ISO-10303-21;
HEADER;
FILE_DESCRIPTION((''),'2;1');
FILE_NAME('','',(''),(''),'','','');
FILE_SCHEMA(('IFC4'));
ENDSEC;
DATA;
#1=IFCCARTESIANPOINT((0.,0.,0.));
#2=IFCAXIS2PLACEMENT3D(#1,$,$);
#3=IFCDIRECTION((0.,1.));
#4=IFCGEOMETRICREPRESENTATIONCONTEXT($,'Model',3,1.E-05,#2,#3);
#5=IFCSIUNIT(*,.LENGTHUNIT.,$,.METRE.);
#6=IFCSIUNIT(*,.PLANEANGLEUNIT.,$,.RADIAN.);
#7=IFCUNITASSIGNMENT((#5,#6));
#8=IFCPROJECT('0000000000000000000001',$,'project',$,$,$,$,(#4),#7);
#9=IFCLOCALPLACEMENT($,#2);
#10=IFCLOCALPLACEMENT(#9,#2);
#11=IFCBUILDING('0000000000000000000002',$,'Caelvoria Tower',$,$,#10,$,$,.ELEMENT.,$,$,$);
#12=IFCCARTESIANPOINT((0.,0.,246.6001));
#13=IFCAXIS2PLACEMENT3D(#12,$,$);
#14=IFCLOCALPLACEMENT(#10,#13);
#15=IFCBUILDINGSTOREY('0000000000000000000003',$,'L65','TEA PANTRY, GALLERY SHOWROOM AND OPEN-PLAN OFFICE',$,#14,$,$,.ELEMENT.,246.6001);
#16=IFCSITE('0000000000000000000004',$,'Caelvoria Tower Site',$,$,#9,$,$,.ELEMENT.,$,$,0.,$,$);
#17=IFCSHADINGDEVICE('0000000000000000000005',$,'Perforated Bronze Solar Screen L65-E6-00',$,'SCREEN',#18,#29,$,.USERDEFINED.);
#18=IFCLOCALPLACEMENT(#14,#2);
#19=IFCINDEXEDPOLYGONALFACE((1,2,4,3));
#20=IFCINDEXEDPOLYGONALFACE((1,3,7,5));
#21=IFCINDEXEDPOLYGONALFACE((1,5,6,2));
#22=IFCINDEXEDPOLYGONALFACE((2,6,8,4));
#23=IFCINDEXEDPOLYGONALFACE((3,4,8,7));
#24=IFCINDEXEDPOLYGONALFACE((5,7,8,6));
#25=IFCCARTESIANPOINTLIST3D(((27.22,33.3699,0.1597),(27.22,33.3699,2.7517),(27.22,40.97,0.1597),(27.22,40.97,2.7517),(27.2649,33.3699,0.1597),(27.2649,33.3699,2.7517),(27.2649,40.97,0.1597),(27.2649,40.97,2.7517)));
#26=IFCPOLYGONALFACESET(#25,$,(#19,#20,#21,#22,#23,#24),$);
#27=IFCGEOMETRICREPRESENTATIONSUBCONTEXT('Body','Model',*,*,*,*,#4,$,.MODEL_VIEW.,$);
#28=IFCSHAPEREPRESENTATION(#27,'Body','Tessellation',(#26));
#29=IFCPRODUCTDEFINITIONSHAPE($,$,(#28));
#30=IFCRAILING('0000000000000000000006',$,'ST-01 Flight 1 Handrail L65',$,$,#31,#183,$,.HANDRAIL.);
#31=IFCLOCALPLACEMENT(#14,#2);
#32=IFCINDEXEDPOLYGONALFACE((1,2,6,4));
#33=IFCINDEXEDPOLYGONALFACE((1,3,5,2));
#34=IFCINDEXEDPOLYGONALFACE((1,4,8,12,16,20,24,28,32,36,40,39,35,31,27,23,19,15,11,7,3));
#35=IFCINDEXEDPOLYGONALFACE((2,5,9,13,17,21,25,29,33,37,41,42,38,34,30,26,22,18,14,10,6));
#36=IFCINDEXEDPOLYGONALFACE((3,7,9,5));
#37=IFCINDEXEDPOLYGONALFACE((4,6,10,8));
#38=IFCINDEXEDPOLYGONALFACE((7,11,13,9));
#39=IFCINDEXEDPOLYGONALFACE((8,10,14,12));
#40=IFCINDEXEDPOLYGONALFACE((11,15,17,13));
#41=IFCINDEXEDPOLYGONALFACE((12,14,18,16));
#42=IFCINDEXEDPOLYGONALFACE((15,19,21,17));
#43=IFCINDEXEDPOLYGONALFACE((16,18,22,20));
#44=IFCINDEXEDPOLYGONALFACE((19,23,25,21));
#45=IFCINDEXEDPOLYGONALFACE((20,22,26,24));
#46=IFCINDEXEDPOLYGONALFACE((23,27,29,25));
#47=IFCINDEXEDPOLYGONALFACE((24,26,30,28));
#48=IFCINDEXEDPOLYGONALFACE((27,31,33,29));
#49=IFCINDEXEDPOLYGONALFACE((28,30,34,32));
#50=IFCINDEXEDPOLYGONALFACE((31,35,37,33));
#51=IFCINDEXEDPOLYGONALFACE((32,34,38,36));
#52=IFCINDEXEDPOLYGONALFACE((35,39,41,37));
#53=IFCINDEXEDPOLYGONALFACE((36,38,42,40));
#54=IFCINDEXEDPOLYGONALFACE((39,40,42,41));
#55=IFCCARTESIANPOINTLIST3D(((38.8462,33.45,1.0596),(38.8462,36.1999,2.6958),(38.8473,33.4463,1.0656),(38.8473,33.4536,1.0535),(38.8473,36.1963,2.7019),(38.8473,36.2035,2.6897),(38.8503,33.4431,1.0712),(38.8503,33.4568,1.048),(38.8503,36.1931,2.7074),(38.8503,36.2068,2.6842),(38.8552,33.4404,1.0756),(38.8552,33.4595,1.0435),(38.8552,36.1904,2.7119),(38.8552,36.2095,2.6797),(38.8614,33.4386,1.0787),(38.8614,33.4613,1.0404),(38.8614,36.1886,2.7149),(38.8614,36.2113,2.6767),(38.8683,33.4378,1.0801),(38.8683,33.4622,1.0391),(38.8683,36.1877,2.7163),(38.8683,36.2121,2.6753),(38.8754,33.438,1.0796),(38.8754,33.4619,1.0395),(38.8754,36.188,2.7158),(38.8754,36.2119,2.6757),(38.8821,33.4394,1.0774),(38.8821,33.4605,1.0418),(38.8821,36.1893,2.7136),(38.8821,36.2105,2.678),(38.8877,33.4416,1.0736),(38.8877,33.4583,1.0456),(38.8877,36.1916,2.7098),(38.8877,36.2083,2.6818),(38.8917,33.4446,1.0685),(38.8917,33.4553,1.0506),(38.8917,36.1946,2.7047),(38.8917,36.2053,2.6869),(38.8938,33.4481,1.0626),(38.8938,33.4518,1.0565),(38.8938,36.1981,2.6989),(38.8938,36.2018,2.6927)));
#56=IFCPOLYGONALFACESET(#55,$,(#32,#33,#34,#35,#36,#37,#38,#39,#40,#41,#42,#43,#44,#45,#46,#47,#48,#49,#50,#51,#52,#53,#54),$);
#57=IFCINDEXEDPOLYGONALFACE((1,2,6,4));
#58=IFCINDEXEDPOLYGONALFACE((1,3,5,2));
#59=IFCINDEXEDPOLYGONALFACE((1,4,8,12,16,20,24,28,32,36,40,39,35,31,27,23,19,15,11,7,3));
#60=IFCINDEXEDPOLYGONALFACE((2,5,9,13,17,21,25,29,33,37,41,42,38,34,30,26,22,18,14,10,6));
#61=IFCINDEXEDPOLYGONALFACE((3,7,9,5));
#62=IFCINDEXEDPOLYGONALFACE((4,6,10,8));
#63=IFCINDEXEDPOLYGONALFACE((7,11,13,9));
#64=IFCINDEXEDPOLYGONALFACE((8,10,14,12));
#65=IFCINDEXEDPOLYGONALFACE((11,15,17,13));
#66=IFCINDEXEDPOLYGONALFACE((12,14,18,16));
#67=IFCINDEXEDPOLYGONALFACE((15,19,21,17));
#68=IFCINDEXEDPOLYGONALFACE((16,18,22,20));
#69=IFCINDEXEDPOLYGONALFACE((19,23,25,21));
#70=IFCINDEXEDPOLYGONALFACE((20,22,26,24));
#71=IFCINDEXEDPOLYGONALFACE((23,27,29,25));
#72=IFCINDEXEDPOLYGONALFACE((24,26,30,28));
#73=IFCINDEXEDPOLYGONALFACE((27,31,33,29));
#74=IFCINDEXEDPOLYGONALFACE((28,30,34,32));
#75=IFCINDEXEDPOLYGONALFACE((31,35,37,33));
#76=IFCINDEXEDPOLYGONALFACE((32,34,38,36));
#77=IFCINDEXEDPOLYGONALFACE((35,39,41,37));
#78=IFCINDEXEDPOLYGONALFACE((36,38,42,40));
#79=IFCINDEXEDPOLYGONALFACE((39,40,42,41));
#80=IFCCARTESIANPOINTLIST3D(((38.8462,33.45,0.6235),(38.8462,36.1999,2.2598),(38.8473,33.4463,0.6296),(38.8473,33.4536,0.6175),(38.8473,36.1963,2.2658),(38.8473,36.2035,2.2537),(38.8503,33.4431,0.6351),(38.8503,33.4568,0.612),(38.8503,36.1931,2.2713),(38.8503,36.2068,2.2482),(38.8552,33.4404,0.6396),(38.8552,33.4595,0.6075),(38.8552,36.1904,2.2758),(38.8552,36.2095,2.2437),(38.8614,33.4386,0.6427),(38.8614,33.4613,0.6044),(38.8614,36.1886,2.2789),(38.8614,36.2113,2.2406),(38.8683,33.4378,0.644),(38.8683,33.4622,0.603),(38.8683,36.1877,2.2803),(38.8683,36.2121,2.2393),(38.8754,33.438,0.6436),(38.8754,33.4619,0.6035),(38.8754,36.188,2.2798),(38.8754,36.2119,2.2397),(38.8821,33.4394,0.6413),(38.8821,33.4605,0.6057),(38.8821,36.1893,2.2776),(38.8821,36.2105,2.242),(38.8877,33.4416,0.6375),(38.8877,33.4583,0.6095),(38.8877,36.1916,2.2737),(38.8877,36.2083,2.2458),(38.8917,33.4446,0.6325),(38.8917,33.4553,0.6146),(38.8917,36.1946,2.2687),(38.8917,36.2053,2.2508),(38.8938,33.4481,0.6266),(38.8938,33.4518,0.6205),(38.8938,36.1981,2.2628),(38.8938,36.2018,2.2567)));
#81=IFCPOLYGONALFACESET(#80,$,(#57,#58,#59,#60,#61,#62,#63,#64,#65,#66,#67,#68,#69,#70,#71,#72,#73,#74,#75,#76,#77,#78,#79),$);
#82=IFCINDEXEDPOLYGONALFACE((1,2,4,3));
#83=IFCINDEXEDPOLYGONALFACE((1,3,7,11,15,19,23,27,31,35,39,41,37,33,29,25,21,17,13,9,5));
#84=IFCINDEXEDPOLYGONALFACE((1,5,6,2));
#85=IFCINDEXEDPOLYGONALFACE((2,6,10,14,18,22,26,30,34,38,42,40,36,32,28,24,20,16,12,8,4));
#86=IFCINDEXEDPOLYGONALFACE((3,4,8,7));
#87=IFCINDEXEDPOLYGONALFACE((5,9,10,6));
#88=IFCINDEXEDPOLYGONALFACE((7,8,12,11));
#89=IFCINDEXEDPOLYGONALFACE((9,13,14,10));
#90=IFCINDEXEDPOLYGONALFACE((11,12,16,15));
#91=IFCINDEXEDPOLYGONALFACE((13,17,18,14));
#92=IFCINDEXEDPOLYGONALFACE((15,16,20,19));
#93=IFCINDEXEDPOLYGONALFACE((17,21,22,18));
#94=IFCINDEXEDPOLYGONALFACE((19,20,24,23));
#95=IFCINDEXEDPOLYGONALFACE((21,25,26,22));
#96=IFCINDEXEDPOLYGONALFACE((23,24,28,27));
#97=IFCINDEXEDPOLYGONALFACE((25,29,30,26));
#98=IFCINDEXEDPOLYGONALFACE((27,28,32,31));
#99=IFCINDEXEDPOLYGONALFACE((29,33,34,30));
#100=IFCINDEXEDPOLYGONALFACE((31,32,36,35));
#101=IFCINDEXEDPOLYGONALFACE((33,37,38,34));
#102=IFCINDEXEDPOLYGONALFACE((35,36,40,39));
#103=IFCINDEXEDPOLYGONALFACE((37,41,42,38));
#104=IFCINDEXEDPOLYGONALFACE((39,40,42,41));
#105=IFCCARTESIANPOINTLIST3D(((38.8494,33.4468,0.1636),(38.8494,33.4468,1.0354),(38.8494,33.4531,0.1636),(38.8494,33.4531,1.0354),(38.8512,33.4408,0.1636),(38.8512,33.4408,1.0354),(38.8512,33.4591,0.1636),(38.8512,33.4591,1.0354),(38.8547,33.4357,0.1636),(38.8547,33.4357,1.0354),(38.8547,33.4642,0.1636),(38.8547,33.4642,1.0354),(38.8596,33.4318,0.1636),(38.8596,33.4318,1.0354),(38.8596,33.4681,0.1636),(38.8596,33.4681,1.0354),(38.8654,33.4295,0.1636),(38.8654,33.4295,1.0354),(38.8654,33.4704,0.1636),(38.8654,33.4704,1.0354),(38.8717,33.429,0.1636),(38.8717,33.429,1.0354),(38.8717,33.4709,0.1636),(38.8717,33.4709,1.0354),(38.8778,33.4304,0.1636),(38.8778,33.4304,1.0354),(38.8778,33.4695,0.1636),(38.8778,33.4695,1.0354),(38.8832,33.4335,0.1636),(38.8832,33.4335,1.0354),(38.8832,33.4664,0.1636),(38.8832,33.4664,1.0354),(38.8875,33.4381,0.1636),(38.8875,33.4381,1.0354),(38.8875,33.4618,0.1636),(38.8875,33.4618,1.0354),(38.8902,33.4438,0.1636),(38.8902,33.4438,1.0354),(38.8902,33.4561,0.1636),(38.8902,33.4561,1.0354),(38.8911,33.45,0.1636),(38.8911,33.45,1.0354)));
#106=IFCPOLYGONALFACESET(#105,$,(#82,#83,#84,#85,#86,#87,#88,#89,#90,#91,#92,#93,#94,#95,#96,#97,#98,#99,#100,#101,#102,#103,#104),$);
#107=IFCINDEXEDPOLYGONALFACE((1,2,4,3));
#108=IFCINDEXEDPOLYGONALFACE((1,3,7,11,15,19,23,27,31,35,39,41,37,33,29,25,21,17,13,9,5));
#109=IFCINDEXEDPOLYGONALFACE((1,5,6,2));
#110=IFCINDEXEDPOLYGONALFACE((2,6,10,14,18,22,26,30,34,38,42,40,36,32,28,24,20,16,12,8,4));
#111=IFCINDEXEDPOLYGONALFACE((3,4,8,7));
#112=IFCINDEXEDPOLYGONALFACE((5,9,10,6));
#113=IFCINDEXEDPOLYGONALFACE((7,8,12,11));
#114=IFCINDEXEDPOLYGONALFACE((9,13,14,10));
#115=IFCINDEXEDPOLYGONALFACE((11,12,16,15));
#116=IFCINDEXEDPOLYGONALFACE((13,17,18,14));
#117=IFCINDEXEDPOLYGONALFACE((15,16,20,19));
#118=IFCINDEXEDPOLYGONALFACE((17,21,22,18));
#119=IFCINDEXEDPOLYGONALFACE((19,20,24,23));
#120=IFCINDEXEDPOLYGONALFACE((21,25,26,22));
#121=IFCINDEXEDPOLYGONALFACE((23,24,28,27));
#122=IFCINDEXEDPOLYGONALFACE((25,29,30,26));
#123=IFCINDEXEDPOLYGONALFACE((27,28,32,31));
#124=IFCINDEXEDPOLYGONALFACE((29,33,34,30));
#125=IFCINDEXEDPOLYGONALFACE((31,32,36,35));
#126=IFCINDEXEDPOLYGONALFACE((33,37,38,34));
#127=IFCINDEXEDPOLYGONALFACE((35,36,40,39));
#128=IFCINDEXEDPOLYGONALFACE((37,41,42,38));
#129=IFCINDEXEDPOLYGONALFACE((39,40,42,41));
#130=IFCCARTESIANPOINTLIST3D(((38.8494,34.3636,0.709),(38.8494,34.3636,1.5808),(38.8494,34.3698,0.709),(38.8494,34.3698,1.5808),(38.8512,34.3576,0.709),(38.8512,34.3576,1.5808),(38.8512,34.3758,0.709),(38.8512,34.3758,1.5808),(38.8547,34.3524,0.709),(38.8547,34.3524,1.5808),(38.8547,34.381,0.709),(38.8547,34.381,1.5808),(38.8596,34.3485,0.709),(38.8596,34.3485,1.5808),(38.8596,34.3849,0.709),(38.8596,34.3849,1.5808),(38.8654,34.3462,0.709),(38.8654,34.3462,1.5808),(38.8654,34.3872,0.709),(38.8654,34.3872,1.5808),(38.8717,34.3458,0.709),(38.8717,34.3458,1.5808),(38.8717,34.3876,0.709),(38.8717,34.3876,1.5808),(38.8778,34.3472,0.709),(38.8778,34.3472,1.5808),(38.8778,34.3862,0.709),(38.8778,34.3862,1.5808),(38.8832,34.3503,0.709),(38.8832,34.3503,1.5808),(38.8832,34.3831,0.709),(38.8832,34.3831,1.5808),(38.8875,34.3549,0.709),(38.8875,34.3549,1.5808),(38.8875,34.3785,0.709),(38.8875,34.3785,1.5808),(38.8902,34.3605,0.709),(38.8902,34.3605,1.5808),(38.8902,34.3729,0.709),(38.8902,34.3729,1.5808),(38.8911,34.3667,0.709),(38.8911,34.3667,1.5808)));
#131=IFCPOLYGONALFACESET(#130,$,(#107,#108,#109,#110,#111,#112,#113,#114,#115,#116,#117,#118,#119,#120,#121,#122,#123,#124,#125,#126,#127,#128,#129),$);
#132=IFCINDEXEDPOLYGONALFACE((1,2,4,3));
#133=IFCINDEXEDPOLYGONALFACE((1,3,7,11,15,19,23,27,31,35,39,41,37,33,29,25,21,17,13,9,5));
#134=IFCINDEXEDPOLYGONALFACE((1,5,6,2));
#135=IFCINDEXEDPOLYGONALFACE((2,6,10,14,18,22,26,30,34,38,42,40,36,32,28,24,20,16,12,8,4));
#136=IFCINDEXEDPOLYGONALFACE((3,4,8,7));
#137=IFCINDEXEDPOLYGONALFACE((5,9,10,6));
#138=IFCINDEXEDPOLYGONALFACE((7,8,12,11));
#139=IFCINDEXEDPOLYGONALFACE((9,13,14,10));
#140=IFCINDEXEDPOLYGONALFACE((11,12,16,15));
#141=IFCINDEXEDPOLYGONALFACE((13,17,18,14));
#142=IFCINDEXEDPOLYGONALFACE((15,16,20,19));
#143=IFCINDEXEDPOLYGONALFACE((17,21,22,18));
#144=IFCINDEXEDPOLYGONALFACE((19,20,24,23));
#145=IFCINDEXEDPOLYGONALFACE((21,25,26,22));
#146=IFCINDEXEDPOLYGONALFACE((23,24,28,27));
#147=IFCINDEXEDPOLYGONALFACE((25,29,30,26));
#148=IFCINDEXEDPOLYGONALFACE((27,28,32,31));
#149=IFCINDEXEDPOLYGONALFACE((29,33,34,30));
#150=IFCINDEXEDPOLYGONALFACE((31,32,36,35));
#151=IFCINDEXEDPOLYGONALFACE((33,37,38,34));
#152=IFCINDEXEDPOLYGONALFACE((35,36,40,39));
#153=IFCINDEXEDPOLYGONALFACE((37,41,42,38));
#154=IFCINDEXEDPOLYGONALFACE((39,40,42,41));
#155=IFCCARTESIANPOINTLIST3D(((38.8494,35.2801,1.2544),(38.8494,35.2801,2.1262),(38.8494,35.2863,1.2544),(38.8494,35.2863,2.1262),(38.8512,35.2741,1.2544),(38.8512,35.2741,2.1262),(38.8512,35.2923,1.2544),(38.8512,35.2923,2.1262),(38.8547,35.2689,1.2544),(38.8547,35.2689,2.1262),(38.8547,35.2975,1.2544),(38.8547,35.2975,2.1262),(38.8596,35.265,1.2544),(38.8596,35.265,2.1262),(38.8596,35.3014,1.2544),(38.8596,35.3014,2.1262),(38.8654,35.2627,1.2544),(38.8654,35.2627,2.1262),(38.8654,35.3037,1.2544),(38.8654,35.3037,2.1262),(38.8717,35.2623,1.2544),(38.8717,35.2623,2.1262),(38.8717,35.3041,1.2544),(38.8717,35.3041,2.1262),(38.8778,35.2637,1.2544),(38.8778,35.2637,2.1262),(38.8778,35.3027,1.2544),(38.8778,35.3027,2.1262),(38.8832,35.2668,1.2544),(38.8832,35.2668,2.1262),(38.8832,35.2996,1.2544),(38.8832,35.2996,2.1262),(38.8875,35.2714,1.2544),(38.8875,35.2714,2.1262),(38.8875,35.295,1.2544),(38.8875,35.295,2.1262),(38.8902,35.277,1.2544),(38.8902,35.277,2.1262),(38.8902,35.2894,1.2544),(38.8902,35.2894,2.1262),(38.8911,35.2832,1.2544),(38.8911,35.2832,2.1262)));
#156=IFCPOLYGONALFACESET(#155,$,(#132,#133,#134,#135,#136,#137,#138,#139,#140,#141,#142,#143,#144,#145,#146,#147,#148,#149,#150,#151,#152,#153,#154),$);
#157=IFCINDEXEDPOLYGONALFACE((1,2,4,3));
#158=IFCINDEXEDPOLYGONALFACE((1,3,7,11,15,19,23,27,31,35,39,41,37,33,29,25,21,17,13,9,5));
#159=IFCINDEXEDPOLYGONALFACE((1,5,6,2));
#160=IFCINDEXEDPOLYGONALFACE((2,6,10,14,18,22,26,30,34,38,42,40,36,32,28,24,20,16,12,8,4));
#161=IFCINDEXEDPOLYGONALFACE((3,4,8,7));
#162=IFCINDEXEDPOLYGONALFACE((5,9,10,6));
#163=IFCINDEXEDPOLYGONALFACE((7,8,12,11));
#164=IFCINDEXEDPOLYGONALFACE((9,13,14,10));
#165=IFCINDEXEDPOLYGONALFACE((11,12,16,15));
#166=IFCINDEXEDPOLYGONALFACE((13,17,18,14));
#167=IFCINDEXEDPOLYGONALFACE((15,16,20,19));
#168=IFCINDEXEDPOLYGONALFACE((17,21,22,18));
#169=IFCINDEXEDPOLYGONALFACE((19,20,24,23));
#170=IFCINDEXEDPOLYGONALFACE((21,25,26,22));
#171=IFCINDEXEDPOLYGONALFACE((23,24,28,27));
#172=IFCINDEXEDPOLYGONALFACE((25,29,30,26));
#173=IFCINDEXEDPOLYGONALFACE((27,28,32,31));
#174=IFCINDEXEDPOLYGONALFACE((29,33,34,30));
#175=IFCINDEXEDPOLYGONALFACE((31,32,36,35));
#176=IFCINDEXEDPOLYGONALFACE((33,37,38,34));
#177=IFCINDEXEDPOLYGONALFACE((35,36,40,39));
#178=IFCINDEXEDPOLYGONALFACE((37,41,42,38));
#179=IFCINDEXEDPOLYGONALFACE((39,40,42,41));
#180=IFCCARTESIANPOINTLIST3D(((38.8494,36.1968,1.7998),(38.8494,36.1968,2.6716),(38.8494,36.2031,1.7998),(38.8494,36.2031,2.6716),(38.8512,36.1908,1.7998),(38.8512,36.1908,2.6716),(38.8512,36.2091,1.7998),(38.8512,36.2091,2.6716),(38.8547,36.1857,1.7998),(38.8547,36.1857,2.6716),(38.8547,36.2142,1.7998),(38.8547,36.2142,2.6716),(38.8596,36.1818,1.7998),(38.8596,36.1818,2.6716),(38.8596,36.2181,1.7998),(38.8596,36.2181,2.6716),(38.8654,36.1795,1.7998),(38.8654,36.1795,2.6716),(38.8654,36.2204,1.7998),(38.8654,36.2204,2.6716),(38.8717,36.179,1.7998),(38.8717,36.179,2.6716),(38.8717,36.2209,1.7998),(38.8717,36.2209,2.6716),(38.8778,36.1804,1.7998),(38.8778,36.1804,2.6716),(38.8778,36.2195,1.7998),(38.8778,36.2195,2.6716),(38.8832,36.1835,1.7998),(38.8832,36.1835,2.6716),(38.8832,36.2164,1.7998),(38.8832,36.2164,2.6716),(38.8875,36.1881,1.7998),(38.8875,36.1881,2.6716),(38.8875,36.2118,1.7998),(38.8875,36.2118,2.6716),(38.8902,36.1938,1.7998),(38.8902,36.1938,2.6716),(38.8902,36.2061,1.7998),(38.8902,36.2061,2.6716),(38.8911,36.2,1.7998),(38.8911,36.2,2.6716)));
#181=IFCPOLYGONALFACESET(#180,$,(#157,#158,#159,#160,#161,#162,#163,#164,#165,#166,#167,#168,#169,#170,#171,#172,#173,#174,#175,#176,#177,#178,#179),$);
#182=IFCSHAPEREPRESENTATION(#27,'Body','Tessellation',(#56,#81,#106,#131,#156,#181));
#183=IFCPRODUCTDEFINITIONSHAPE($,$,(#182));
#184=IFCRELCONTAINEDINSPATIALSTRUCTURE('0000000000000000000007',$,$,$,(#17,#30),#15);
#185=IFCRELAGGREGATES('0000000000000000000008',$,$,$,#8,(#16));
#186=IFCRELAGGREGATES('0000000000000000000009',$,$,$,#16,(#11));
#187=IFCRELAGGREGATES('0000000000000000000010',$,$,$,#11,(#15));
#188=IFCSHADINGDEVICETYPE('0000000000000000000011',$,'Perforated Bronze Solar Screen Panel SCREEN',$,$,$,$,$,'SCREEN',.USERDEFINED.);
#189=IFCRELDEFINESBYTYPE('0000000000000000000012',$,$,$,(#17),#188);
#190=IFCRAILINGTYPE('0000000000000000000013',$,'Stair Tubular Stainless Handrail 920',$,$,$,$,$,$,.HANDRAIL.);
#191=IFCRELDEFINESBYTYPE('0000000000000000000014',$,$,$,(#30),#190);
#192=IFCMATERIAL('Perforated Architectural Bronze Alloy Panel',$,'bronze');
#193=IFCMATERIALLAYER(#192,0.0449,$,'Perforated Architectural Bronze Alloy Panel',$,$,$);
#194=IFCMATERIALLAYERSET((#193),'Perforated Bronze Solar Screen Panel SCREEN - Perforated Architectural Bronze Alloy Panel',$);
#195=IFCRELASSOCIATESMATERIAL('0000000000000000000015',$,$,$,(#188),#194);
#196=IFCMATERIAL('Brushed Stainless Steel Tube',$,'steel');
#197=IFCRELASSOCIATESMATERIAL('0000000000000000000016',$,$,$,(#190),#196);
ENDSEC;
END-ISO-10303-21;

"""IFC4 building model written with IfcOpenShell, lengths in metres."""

from ifc_helpers import new_model, si_unit, direction, frame, origin, origin_2d, place, context, subcontext, project, spatial, rectangle, circle, extrude, material, layer, layer_set, type_object, element, save


model = new_model("IFC4")

# Units and contexts
model_context = context("Model", 3, precision=1e-05, world=origin(), true_north=direction((0.0, 1.0)))
body_context = subcontext(model_context, "Body", "Model", "MODEL_VIEW")
ifc_project = project(units=[si_unit("LENGTHUNIT", "METRE"), si_unit("PLANEANGLEUNIT", "RADIAN")], contexts=[model_context])

# Site, building, storey
site_placement = place(None, origin())
site = spatial("IfcSite", under=ifc_project, at=site_placement, Name="Caelvoria Tower Site", CompositionType="ELEMENT", RefElevation=0.0)
building_placement = place(site_placement, origin())
building = spatial("IfcBuilding", under=site, at=building_placement, Name="Caelvoria Tower", CompositionType="ELEMENT")
storey_placement = place(building_placement, frame((0.0, 0.0, 246.6001)))
storey = spatial("IfcBuildingStorey", under=building, at=storey_placement, Name="L65", Description="TEA PANTRY, GALLERY SHOWROOM AND OPEN-PLAN OFFICE", CompositionType="ELEMENT", Elevation=246.6001)

# Shading device
ifc_material_1 = material(Name="Perforated Architectural Bronze Alloy Panel", Category="bronze")
ifc_layer_1 = layer(ifc_material_1, 0.0449, Name="Perforated Architectural Bronze Alloy Panel")
ifc_layer_set_1 = layer_set([ifc_layer_1], Name="Perforated Bronze Solar Screen Panel SCREEN - Perforated Architectural Bronze Alloy Panel")
shading_device_type = type_object("IfcShadingDeviceType", Name="Perforated Bronze Solar Screen Panel SCREEN", ElementType="SCREEN", PredefinedType="USERDEFINED", material=ifc_layer_set_1)
shading_device_placement = place(storey_placement, frame((27.2424, 37.1699, 0.1597), z_axis=(0.0, 0.0, 1.0), x_axis=(0.0, -1.0, 0.0)))
element("IfcShadingDevice", 1, at=shading_device_placement, inside=storey, type_object=shading_device_type, Name="Perforated Bronze Solar Screen L65-E6-00", ObjectType="SCREEN", PredefinedType="USERDEFINED", context=body_context, shape_type="SweptSolid", body=[
    extrude(rectangle(XDim=7.6001, YDim=0.0449, at=origin_2d()), origin(), (0.0, 0.0, 1.0), 2.592),
])

# Railing
ifc_material_2 = material(Name="Brushed Stainless Steel Tube", Category="steel")
railing_type_1 = type_object("IfcRailingType", Name="Stair Tubular Stainless Handrail 920", PredefinedType="HANDRAIL", material=ifc_material_2)
railing_1_placement = place(storey_placement, frame((38.8701, 33.45, 0.1636)))
element("IfcRailing", 2, at=railing_1_placement, inside=storey, type_object=railing_type_1, Name="ST-01 Flight 1 Handrail L65", PredefinedType="HANDRAIL", context=body_context, shape_type="SweptSolid", body=[
    extrude(circle(Radius=0.0239, at=origin_2d()), frame((0.0, 0.0, 0.896), z_axis=(0.0, 0.859385, 0.511328), x_axis=(-1.0, 0.0, 0.0)), (0.0, 0.0, 1.0), 3.2),
    extrude(circle(Radius=0.0239, at=origin_2d()), frame((0.0, 0.0, 0.46), z_axis=(0.0, 0.859385, 0.511328), x_axis=(-1.0, 0.0, 0.0)), (0.0, 0.0, 1.0), 3.2),
    extrude(circle(Radius=0.021, at=origin_2d()), origin(), (0.0, 0.0, 1.0), 0.8718),
    extrude(circle(Radius=0.021, at=origin_2d()), frame((0.0, 0.9167, 0.5454)), (0.0, 0.0, 1.0), 0.8718),
    extrude(circle(Radius=0.021, at=origin_2d()), frame((0.0, 1.8333, 1.0908)), (0.0, 0.0, 1.0), 0.8718),
    extrude(circle(Radius=0.021, at=origin_2d()), frame((0.0, 2.75, 1.6362)), (0.0, 0.0, 1.0), 0.8718),
])

save(model, "model.ifc")
